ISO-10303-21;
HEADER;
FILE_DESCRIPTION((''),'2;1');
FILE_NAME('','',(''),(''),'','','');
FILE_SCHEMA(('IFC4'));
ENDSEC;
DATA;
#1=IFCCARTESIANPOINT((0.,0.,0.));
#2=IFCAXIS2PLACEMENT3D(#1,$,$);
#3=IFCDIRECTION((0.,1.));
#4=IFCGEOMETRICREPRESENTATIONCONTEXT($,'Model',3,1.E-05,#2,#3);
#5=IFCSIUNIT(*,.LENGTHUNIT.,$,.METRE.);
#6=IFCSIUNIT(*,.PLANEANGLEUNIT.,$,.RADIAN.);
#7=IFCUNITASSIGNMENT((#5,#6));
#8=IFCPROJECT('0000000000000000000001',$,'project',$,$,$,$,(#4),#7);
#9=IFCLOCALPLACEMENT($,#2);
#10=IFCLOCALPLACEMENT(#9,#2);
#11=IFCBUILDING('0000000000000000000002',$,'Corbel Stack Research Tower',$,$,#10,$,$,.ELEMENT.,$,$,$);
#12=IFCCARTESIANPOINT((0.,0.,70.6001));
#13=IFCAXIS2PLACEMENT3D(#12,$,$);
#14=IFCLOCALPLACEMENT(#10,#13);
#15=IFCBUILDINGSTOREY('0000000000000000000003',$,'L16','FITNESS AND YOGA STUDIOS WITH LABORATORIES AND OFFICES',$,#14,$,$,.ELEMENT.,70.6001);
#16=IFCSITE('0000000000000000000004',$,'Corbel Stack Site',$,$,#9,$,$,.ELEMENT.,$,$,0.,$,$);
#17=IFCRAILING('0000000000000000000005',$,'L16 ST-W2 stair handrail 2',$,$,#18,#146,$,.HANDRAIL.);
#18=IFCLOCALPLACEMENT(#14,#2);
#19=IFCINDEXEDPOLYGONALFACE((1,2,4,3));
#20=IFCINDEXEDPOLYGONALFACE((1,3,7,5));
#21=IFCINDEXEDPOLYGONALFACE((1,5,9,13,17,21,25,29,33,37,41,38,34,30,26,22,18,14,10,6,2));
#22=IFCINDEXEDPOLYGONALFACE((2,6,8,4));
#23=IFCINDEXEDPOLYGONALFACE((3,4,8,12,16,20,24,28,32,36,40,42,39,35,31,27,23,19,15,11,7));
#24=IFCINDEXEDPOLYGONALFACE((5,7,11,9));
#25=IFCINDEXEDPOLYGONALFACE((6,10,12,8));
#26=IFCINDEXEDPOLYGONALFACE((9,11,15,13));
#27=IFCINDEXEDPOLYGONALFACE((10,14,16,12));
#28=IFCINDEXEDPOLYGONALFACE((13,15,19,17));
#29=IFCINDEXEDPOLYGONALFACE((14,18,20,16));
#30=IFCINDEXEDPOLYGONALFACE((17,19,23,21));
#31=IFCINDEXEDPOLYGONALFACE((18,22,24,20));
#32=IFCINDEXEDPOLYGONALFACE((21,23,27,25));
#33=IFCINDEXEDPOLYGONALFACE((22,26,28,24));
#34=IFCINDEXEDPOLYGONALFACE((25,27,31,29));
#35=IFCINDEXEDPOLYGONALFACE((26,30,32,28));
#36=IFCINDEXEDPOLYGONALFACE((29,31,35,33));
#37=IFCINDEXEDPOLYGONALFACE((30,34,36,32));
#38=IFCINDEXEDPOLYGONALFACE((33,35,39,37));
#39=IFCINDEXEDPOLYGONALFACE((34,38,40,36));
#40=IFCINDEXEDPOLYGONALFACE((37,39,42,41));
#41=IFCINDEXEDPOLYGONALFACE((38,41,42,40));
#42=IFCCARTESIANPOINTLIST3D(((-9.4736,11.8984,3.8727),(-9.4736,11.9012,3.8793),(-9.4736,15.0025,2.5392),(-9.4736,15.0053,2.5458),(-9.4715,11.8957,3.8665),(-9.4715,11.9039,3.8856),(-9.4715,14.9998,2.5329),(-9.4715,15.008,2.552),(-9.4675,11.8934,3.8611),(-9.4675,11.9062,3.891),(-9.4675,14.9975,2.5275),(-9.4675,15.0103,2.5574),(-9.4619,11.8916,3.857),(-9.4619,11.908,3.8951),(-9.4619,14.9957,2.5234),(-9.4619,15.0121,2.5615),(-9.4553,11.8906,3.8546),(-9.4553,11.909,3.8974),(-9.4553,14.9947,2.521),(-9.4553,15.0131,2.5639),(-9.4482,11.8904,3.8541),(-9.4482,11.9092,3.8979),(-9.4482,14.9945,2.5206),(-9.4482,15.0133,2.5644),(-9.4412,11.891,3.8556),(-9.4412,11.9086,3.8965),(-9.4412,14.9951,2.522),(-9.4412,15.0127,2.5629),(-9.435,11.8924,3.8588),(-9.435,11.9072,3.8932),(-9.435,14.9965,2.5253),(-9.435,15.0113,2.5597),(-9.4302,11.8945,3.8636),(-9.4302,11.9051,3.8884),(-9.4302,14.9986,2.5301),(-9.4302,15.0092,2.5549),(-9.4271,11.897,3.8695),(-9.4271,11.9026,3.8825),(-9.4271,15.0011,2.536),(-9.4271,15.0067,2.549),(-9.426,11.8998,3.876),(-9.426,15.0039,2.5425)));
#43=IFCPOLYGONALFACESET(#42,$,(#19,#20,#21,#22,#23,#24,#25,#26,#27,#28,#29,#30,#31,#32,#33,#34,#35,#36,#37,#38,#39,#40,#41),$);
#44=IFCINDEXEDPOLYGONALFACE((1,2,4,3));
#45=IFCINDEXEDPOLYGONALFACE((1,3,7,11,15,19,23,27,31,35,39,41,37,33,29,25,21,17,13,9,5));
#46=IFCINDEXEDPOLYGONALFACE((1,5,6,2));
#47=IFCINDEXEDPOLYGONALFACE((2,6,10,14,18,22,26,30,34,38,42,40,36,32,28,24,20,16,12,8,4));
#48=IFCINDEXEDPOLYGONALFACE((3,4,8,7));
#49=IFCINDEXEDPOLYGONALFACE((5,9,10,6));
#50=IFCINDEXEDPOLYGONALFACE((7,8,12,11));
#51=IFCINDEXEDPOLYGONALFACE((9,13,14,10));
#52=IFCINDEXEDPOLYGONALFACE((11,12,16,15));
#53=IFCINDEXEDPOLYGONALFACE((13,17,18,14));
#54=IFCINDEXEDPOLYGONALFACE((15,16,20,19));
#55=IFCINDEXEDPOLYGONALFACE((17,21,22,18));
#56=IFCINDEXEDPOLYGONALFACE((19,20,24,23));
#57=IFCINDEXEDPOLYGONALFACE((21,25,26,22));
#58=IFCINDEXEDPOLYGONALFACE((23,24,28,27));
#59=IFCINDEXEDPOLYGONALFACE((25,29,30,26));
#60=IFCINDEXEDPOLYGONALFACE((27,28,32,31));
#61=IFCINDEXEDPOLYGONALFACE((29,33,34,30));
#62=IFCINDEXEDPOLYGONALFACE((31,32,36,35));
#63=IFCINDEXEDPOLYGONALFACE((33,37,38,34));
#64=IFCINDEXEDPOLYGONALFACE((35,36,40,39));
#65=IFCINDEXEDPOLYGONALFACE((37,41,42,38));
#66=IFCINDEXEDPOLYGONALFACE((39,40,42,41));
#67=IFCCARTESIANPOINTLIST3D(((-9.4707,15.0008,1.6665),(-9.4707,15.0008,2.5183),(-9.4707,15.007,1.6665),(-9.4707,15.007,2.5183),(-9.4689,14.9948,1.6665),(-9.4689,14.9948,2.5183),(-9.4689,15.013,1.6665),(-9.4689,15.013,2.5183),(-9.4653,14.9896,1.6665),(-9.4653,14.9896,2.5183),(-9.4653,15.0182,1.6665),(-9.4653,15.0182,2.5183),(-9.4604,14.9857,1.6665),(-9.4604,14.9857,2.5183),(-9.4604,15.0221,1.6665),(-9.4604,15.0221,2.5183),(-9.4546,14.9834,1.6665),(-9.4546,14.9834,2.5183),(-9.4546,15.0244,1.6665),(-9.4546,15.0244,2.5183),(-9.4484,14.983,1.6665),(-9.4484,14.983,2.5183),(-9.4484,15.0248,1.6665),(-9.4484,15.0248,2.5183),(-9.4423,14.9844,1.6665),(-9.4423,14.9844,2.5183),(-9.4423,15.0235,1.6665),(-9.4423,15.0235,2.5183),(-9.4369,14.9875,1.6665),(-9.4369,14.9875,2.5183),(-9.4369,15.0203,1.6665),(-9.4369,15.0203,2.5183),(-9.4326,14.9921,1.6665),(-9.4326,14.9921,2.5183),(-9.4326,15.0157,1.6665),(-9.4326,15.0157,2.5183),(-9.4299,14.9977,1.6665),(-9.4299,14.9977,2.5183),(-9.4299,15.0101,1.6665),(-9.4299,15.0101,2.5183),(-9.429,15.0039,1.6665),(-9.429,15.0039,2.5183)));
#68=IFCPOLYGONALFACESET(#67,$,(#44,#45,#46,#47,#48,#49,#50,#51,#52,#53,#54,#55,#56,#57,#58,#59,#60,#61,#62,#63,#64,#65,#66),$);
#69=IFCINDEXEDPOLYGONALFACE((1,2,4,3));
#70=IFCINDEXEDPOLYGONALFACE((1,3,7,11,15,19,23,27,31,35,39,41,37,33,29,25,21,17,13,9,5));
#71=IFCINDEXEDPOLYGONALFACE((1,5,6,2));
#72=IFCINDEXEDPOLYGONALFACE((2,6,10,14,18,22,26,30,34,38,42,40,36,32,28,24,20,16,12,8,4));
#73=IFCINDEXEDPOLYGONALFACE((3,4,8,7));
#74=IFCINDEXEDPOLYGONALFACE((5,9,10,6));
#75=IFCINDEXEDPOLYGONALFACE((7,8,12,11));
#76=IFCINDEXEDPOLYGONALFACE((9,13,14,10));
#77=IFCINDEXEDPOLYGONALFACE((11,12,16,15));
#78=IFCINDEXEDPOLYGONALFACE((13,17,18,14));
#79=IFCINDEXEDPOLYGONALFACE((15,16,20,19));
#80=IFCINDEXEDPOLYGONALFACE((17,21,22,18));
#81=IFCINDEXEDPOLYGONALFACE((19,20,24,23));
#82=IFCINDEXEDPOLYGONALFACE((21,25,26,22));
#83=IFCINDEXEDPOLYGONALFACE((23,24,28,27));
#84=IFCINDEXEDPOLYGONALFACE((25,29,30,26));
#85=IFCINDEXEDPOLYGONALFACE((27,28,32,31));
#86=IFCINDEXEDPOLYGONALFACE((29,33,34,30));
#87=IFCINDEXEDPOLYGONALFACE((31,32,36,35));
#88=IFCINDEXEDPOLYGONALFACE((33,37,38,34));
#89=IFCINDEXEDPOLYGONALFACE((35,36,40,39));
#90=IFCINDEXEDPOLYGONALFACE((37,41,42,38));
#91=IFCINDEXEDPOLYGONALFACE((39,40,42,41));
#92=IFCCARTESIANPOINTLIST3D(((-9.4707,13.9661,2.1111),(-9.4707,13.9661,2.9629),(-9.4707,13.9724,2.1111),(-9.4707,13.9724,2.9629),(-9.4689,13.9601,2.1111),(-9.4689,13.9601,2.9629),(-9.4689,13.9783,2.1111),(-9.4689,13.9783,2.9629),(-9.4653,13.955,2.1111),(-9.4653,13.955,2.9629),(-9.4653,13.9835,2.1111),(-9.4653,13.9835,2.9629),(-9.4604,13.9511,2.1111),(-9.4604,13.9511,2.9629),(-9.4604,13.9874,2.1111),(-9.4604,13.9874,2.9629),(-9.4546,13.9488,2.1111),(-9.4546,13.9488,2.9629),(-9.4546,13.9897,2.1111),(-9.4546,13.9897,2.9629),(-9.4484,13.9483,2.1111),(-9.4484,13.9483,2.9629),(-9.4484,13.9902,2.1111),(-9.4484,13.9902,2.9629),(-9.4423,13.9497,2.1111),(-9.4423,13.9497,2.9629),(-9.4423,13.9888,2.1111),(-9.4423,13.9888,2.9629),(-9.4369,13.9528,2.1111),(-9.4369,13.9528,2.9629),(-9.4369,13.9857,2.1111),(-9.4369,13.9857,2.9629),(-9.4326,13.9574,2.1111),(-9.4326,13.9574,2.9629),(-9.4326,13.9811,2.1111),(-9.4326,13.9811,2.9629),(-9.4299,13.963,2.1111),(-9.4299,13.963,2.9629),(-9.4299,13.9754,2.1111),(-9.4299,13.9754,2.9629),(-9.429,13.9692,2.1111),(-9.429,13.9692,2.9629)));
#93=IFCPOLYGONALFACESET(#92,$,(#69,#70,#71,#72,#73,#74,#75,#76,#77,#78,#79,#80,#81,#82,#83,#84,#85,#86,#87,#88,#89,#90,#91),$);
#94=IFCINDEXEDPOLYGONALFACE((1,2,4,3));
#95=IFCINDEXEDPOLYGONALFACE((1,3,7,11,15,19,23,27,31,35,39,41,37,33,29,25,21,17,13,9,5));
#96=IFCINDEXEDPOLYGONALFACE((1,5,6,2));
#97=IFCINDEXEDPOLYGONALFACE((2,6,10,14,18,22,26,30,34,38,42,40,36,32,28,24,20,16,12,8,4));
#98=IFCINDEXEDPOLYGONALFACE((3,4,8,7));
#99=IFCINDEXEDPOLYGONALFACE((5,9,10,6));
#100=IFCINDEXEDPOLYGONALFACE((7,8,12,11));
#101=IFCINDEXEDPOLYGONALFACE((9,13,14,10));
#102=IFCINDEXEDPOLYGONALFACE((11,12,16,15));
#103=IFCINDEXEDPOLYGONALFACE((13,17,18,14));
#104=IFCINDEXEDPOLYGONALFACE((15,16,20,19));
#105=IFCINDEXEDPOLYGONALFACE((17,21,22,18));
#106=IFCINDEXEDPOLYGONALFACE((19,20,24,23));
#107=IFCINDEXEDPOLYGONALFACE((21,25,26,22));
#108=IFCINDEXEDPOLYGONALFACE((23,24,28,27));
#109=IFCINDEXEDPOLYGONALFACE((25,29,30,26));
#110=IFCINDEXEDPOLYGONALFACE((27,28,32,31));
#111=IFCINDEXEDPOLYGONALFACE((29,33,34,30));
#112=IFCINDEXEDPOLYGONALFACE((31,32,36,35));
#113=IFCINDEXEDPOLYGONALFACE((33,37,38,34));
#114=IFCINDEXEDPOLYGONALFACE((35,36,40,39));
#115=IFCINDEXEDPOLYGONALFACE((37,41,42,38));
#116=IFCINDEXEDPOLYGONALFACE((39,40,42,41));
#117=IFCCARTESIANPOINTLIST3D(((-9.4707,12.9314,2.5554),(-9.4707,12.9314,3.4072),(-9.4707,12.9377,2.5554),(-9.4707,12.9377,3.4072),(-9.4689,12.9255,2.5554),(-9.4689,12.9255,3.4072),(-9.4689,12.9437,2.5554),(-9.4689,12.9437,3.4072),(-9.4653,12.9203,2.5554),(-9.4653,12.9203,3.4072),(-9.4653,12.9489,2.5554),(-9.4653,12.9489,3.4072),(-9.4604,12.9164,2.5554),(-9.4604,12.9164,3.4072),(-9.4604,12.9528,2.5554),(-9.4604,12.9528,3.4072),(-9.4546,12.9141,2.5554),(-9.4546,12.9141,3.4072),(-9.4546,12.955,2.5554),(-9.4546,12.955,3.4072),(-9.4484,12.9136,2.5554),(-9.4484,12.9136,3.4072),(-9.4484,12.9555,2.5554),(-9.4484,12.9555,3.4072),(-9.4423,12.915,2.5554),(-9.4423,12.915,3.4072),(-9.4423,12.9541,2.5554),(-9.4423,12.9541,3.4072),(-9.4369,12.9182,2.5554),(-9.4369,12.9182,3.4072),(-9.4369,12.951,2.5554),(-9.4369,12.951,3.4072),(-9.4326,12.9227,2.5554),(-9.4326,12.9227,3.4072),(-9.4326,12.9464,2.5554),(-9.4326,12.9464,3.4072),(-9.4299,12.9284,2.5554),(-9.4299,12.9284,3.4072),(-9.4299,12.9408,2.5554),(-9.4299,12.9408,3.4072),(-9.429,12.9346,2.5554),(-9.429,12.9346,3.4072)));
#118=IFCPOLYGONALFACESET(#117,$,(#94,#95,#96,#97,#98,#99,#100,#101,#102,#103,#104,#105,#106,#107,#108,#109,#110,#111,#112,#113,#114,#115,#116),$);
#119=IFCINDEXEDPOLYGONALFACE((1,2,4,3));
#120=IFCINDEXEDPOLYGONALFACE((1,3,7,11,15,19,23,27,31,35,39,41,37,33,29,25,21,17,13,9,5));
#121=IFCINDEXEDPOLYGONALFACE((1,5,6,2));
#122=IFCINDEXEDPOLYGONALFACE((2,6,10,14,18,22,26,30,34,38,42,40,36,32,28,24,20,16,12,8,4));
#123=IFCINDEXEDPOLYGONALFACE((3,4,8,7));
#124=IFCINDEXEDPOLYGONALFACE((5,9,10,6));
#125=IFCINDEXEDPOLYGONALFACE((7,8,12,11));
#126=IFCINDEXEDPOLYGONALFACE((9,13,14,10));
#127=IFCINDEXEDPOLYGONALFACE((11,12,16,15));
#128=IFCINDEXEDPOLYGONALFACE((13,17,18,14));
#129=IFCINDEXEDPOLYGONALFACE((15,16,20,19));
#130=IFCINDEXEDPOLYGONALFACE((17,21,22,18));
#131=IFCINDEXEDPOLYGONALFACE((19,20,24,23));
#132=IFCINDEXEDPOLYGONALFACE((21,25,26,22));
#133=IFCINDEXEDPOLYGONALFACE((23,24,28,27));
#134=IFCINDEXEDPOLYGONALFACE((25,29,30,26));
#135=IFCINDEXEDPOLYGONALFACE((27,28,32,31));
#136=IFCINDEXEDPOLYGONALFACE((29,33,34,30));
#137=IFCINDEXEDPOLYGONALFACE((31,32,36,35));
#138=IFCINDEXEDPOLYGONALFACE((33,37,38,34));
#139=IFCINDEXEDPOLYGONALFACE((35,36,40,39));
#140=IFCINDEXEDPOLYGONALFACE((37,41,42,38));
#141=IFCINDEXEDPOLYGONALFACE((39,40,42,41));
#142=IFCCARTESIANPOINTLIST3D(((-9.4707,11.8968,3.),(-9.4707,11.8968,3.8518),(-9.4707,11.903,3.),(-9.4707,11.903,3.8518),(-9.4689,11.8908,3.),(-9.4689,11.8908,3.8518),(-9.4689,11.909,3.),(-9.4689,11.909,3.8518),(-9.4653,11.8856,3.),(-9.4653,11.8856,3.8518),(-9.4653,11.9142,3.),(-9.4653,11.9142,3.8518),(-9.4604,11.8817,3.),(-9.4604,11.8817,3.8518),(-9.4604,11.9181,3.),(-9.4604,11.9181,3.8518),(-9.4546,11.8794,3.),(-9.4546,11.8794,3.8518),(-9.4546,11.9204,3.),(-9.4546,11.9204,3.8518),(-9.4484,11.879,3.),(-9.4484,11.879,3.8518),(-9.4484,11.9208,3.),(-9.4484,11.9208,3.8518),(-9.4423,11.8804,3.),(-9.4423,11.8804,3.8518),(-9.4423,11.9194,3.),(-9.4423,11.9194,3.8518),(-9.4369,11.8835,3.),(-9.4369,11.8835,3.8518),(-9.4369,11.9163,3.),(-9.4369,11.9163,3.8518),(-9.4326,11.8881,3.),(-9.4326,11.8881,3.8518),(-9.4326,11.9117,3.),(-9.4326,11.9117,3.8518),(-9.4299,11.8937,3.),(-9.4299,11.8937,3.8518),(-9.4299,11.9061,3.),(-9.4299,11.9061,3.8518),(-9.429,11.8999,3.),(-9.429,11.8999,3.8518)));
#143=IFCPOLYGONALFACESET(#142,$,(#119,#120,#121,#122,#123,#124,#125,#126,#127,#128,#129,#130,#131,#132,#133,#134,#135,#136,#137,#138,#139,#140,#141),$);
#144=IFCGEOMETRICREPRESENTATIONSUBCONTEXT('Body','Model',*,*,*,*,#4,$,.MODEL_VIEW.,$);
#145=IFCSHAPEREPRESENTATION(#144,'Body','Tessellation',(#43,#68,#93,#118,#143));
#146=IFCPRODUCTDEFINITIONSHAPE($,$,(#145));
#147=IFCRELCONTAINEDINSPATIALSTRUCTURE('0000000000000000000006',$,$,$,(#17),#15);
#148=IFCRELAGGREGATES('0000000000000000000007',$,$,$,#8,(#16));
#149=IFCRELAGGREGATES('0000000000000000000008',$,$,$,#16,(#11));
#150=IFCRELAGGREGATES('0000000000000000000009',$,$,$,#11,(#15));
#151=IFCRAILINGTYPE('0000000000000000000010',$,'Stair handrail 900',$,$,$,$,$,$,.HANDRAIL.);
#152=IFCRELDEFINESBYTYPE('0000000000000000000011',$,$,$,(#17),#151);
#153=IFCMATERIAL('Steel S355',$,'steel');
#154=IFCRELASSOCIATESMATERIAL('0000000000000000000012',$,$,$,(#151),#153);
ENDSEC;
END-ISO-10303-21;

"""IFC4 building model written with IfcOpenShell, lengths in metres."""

from ifc_helpers import new_model, si_unit, direction, frame, origin, origin_2d, place, context, subcontext, project, spatial, circle, extrude, material, type_object, element, save


model = new_model("IFC4")

# Units and contexts
model_context = context("Model", 3, precision=1e-05, world=origin(), true_north=direction((0.0, 1.0)))
body_context = subcontext(model_context, "Body", "Model", "MODEL_VIEW")
ifc_project = project(units=[si_unit("LENGTHUNIT", "METRE"), si_unit("PLANEANGLEUNIT", "RADIAN")], contexts=[model_context])

# Site, building, storey
site_placement = place(None, origin())
site = spatial("IfcSite", under=ifc_project, at=site_placement, Name="Corbel Stack Site", CompositionType="ELEMENT", RefElevation=0.0)
building_placement = place(site_placement, origin())
building = spatial("IfcBuilding", under=site, at=building_placement, Name="Corbel Stack Research Tower", CompositionType="ELEMENT")
storey_placement = place(building_placement, frame((0.0, 0.0, 70.6001)))
storey = spatial("IfcBuildingStorey", under=building, at=storey_placement, Name="L16", Description="FITNESS AND YOGA STUDIOS WITH LABORATORIES AND OFFICES", CompositionType="ELEMENT", Elevation=70.6001)

# Railing
ifc_material_1 = material(Name="Steel S355", Category="steel")
railing_type_1 = type_object("IfcRailingType", Name="Stair handrail 900", PredefinedType="HANDRAIL", material=ifc_material_1)
for number, where, name in (
    (1, (-9.45, 15.0039, 1.6665), "L16 ST-W2 stair handrail 2"),
):
    element("IfcRailing", number, at=place(storey_placement, frame(where)), inside=storey, type_object=railing_type_1, Name=name, PredefinedType="HANDRAIL", context=body_context, shape_type="SweptSolid", body=[
        extrude(circle(Radius=0.0239, at=origin_2d()), frame((0.0, 0.0, 0.876), z_axis=(0.0, -0.918801, 0.394722), x_axis=(1.0, 0.0, 0.0)), (0.0, 0.0, 1.0), 3.3784),
        extrude(circle(Radius=0.021, at=origin_2d()), origin(), (0.0, 0.0, 1.0), 0.8518),
        extrude(circle(Radius=0.021, at=origin_2d()), frame((0.0, -1.0347, 0.4446)), (0.0, 0.0, 1.0), 0.8518),
        extrude(circle(Radius=0.021, at=origin_2d()), frame((0.0, -2.0693, 0.8889)), (0.0, 0.0, 1.0), 0.8518),
        extrude(circle(Radius=0.021, at=origin_2d()), frame((0.0, -3.104, 1.3335)), (0.0, 0.0, 1.0), 0.8518),
    ])

save(model, "model.ifc")
